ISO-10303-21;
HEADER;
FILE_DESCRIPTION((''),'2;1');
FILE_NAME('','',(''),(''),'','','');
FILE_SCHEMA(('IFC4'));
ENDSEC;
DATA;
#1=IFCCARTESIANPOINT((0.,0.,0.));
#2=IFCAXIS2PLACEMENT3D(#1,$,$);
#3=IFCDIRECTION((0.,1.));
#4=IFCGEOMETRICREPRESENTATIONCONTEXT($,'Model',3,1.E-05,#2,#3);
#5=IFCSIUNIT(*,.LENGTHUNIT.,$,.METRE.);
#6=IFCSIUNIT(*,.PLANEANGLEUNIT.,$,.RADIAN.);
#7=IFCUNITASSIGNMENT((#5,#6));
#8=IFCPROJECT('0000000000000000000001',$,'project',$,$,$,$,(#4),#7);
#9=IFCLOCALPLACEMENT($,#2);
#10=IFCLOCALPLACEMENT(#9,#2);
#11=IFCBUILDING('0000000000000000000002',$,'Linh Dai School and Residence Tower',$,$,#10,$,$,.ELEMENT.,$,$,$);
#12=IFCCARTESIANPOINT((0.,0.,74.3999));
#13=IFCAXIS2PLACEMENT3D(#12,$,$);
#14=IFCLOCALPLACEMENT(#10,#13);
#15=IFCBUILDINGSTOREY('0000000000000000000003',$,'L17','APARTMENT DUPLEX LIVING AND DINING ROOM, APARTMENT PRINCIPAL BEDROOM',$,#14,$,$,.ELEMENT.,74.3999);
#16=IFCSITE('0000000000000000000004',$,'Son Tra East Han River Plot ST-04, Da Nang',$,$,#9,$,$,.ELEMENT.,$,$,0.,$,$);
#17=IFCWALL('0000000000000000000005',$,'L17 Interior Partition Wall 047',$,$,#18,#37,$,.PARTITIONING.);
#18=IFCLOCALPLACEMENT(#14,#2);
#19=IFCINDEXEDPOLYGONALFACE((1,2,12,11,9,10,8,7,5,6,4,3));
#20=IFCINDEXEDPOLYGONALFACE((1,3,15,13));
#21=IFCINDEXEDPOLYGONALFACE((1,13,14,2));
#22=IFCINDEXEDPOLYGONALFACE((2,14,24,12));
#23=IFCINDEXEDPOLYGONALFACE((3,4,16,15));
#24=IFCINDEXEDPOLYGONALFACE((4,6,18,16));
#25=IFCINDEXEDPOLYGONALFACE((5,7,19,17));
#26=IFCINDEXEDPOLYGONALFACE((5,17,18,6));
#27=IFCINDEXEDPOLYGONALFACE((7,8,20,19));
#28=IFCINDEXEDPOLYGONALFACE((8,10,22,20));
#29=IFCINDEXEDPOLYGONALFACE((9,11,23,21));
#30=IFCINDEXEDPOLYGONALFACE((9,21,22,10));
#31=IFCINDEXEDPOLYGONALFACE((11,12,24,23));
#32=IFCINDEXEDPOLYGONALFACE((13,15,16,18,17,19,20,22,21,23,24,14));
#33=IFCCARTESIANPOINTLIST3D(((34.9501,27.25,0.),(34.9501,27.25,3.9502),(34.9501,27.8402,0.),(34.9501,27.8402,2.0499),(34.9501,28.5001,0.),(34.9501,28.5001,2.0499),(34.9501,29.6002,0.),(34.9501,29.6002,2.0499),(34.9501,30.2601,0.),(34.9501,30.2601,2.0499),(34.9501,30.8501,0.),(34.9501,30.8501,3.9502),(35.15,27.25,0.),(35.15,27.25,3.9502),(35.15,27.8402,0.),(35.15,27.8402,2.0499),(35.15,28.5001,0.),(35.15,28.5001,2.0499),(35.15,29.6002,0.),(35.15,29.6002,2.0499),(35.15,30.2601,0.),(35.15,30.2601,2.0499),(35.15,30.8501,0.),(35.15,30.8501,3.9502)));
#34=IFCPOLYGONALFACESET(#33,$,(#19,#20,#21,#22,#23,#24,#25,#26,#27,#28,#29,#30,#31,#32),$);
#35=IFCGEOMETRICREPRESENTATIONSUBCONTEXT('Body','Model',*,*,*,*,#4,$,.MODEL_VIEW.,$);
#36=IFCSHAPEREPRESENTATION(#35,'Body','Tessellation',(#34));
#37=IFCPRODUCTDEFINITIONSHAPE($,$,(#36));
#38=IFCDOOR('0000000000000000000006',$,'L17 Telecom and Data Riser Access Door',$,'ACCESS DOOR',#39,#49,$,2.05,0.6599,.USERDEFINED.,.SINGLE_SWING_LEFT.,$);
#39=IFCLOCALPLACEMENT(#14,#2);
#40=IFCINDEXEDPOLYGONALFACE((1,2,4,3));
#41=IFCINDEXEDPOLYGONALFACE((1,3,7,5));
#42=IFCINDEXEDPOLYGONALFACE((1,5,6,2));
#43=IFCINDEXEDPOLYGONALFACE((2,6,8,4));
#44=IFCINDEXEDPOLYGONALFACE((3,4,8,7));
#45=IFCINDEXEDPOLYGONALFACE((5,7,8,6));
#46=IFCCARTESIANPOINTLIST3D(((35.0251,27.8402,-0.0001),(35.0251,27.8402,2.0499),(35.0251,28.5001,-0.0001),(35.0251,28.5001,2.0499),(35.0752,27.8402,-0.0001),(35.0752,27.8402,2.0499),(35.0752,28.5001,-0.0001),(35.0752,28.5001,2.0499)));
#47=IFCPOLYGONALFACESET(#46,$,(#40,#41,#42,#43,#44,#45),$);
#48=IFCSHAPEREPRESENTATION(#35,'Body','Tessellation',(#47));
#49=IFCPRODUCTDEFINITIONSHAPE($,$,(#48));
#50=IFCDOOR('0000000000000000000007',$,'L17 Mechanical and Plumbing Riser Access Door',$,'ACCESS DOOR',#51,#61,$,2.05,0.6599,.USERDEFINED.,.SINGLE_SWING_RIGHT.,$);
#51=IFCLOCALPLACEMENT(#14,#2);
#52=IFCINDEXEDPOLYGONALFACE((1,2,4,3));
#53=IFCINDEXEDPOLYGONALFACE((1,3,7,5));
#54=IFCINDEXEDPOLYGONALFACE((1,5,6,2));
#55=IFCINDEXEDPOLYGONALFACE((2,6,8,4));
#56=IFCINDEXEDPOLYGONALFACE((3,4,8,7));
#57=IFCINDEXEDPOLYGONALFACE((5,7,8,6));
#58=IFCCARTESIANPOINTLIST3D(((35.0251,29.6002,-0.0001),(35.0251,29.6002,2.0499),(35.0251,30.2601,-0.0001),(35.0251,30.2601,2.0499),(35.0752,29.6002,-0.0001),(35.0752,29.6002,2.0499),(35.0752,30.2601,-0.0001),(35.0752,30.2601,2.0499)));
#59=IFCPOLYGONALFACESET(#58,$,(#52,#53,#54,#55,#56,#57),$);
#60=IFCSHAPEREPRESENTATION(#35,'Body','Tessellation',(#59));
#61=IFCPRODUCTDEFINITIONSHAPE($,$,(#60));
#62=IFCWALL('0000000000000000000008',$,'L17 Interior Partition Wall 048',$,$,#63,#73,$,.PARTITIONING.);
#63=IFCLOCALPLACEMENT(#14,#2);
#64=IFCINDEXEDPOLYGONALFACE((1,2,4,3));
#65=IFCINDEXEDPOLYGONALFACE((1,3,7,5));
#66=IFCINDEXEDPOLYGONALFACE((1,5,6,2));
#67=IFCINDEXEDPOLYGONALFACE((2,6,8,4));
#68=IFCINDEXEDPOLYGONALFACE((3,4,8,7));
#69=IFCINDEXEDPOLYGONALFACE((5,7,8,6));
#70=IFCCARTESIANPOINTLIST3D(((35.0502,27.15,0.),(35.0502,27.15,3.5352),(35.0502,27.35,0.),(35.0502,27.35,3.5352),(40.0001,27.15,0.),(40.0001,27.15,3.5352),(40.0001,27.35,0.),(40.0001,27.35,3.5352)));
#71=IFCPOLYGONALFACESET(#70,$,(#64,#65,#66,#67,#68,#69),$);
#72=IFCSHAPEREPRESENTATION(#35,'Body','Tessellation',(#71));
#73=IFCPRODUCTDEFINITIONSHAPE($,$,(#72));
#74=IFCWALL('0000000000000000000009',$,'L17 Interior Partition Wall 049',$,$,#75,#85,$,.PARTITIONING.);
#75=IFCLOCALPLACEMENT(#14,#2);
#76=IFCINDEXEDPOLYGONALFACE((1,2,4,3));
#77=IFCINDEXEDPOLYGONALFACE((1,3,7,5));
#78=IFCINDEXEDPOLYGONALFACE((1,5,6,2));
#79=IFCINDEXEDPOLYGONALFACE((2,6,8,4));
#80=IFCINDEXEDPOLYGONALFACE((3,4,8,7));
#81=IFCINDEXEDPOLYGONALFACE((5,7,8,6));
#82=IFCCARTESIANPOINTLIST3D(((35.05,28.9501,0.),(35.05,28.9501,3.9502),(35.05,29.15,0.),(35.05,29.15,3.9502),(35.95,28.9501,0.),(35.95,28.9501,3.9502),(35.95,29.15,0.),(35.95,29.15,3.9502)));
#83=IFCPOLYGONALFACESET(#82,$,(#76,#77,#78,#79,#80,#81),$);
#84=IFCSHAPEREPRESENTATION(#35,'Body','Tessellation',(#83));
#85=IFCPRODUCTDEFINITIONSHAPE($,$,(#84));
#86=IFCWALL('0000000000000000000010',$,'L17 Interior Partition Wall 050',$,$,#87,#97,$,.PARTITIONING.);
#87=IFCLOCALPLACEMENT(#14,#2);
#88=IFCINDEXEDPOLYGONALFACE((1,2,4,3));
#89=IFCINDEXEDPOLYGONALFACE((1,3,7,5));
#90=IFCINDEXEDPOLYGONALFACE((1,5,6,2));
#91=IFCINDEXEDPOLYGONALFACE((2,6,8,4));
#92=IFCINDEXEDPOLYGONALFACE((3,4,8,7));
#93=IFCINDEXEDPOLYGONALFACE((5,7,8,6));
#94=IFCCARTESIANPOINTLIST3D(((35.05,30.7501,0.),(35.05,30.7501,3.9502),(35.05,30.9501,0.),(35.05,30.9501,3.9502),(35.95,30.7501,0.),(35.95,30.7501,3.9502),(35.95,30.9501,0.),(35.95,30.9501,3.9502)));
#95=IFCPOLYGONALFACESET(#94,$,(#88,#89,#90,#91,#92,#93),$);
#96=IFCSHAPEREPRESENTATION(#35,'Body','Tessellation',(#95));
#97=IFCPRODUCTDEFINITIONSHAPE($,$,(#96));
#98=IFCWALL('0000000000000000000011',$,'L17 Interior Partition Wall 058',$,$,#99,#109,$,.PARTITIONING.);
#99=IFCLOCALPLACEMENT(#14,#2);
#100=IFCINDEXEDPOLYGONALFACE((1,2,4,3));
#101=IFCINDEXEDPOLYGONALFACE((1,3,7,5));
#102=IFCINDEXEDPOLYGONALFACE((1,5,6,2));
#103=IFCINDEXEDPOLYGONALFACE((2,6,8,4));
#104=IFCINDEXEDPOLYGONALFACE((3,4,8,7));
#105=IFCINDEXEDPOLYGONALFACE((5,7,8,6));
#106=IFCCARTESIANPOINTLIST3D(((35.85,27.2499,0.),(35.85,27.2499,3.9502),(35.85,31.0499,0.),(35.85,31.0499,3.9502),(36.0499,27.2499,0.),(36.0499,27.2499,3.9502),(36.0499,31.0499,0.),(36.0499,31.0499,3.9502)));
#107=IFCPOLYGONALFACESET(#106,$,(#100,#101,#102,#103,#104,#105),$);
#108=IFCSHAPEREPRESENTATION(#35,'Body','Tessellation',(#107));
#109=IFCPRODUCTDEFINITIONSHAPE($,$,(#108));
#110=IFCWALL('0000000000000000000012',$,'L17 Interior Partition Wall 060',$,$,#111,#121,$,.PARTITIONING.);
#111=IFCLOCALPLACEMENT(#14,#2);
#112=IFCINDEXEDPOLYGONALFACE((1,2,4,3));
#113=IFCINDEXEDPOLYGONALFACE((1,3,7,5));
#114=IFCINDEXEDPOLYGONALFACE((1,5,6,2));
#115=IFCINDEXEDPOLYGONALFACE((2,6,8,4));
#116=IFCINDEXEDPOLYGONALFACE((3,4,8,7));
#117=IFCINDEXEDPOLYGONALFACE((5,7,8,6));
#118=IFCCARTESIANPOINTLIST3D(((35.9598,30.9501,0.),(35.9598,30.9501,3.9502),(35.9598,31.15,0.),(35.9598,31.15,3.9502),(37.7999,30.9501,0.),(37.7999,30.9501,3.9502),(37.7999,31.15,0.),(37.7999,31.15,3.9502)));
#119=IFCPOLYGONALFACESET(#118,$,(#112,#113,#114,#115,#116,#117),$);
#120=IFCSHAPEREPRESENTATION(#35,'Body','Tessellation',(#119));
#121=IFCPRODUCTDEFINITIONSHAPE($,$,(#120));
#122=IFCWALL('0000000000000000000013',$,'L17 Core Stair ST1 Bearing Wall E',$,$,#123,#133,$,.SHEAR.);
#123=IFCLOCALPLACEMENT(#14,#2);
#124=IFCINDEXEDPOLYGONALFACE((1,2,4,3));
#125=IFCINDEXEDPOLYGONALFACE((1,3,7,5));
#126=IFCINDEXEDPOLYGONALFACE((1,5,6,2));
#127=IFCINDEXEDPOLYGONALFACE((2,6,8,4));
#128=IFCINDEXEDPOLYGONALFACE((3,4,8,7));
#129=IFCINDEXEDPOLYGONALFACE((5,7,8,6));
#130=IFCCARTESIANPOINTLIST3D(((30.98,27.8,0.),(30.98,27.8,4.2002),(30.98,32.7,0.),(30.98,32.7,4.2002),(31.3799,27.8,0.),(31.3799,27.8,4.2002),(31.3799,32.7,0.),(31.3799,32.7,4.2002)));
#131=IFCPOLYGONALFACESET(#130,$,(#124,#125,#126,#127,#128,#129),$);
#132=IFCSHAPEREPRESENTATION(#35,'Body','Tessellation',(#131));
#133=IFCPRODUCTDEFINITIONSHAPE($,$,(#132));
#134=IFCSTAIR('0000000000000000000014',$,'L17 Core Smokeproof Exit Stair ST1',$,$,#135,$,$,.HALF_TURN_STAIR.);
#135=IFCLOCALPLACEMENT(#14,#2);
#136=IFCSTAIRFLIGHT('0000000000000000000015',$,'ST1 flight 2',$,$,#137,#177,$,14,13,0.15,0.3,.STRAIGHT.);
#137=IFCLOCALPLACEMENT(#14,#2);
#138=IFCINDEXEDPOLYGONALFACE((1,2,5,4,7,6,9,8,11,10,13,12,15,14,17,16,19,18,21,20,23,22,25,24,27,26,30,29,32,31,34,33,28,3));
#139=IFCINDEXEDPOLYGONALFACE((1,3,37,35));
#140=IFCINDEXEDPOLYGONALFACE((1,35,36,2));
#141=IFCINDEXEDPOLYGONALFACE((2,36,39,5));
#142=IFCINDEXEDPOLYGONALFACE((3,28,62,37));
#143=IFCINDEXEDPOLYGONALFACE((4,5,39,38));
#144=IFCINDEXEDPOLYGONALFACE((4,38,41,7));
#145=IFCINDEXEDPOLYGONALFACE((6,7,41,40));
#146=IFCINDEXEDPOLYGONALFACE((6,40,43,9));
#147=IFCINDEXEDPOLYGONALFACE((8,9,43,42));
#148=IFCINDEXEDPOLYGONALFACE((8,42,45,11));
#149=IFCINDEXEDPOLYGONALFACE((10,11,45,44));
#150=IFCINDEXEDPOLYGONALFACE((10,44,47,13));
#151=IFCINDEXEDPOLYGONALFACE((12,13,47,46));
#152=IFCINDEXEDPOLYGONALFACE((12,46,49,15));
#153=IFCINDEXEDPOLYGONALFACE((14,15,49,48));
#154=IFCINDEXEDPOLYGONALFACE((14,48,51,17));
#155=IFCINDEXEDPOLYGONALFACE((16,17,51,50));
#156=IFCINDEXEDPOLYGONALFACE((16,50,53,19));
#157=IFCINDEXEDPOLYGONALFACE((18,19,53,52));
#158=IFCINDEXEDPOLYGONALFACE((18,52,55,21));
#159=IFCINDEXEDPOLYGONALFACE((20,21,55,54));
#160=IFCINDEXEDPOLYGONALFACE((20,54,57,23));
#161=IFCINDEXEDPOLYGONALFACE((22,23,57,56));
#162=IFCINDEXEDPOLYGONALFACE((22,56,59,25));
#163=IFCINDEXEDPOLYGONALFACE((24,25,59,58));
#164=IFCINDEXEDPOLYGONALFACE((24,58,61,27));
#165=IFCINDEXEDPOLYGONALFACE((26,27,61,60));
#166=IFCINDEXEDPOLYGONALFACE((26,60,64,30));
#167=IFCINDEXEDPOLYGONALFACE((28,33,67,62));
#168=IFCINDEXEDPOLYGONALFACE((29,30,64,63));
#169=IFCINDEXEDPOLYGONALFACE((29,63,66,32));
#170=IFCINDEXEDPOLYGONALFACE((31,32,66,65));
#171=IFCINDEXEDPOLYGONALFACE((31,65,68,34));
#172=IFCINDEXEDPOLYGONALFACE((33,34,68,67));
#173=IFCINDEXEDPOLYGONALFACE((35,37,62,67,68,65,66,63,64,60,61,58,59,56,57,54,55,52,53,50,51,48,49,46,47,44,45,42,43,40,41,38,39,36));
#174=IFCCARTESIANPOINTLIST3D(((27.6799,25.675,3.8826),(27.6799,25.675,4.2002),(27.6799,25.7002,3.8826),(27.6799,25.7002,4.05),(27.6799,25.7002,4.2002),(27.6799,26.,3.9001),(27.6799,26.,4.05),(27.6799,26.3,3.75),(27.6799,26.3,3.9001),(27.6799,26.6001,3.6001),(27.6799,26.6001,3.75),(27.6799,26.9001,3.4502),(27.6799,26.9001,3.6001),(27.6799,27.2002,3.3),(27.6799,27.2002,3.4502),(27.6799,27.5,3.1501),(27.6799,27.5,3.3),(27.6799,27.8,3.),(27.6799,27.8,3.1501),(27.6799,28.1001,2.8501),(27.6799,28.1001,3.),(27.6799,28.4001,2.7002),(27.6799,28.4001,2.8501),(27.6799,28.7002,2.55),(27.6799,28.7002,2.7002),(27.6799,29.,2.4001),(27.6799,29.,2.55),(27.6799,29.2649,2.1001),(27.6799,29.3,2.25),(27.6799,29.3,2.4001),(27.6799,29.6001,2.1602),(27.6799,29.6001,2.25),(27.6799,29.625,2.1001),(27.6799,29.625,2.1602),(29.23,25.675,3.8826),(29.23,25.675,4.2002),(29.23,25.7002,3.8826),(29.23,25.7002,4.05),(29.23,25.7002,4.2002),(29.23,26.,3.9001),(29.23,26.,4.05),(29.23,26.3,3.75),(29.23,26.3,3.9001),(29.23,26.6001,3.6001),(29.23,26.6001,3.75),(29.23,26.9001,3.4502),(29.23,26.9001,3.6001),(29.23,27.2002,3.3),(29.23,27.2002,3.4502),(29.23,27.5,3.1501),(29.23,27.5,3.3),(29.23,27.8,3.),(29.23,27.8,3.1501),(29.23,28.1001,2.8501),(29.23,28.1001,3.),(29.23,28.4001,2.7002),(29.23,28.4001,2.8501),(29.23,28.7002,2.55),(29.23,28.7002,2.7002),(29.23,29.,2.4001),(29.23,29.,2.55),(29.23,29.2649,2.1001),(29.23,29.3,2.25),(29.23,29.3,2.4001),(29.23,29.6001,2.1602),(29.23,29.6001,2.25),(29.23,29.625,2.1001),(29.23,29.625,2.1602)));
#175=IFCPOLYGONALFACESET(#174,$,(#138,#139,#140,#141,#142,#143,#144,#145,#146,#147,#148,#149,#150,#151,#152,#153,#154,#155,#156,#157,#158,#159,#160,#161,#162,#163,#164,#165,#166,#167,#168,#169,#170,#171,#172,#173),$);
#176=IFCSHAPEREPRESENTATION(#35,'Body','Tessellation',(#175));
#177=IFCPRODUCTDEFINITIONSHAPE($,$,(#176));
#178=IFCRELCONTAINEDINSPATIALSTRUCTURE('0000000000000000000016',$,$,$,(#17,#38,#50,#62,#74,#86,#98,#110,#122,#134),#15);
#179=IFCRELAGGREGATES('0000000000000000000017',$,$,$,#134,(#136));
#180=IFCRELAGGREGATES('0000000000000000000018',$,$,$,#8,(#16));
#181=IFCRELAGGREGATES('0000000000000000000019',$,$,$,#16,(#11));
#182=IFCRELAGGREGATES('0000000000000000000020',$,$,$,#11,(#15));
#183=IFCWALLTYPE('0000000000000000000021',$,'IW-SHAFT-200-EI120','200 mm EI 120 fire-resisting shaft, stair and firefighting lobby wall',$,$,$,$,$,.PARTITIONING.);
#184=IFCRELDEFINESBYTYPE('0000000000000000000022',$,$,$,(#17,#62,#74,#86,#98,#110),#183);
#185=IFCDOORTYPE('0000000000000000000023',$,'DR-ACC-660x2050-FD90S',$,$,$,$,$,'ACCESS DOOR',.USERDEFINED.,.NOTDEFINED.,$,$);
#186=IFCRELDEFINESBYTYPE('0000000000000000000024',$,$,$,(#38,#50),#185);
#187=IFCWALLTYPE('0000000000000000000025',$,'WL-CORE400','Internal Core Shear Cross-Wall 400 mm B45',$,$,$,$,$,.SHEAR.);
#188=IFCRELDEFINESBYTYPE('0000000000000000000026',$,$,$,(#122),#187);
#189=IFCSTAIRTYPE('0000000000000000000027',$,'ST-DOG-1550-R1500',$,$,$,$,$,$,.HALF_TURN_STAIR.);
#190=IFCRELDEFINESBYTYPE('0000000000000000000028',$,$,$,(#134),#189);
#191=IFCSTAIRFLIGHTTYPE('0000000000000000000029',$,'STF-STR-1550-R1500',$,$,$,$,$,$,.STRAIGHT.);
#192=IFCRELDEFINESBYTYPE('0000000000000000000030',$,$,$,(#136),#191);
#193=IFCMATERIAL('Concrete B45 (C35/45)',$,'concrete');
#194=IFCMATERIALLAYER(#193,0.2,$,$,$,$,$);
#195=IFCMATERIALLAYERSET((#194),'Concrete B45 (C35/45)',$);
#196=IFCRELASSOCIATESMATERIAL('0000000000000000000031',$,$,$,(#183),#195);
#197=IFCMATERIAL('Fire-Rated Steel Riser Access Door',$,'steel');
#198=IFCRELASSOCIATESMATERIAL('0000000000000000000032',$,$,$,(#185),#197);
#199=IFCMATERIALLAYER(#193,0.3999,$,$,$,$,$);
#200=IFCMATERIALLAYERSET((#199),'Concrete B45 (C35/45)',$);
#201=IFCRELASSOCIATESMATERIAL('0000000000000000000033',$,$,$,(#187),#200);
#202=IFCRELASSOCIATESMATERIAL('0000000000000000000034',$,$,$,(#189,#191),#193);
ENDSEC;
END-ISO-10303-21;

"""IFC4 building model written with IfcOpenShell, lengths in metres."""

from ifc_helpers import new_model, si_unit, direction, frame, frame_2d, origin, origin_2d, place, context, subcontext, project, spatial, polyline, rectangle, outline, extrude, source, transform, mapped, material, layer, layer_set, type_object, element, fill, aggregate, save


model = new_model("IFC4")

# Units and contexts
model_context = context("Model", 3, precision=1e-05, world=origin(), true_north=direction((0.0, 1.0)))
body_context = subcontext(model_context, "Body", "Model", "MODEL_VIEW")
ifc_project = project(units=[si_unit("LENGTHUNIT", "METRE"), si_unit("PLANEANGLEUNIT", "RADIAN")], contexts=[model_context])

# Site, building, storey
site_placement = place(None, origin())
site = spatial("IfcSite", under=ifc_project, at=site_placement, Name="Son Tra East Han River Plot ST-04, Da Nang", CompositionType="ELEMENT", RefElevation=0.0)
building_placement = place(site_placement, origin())
building = spatial("IfcBuilding", under=site, at=building_placement, Name="Linh Dai School and Residence Tower", CompositionType="ELEMENT")
storey_placement = place(building_placement, frame((0.0, 0.0, 74.3999)))
storey = spatial("IfcBuildingStorey", under=building, at=storey_placement, Name="L17", Description="APARTMENT DUPLEX LIVING AND DINING ROOM, APARTMENT PRINCIPAL BEDROOM", CompositionType="ELEMENT", Elevation=74.3999)

# Shared definitions
ifc_material_1 = material(Name="Concrete B45 (C35/45)", Category="concrete")
ifc_layer_1 = layer(ifc_material_1, 0.2)
ifc_layer_set_1 = layer_set([ifc_layer_1], Name="Concrete B45 (C35/45)")
wall_type_1 = type_object("IfcWallType", Name="IW-SHAFT-200-EI120", Description="200 mm EI 120 fire-resisting shaft, stair and firefighting lobby wall", PredefinedType="PARTITIONING", material=ifc_layer_set_1)

# Wall, openings, doors
wall_1_placement = place(storey_placement, frame((35.05, 27.25, 0.0), z_axis=(0.0, 0.0, 1.0), x_axis=(0.0, 1.0, 0.0)))
wall_1 = element("IfcWall", 1, at=wall_1_placement, inside=storey, type_object=wall_type_1, Name="L17 Interior Partition Wall 047", PredefinedType="PARTITIONING", context=body_context, shape_type="SweptSolid", body=[
    extrude(rectangle(XDim=3.6001, YDim=0.2, at=frame_2d((1.8, 0.0))), origin(), (0.0, 0.0, 1.0), 3.9502),
])
opening_1_placement = place(wall_1_placement, frame((0.5901, 0.0, 0.0)))
opening_1 = element("IfcOpeningElement", 2, at=opening_1_placement, cuts=wall_1, PredefinedType="OPENING", context=body_context, shape_type="SweptSolid", body=[
    extrude(rectangle(XDim=0.6599, YDim=2.05, at=origin_2d()), frame((0.3301, 0.1099, 1.0249), z_axis=(0.0, -1.0, 0.0), x_axis=(1.0, 0.0, 0.0)), (0.0, 0.0, 1.0), 0.22),
])
opening_2_placement = place(wall_1_placement, frame((2.3501, 0.0, 0.0)))
opening_2 = element("IfcOpeningElement", 3, at=opening_2_placement, cuts=wall_1, PredefinedType="OPENING", context=body_context, shape_type="SweptSolid", body=[
    extrude(rectangle(XDim=0.6599, YDim=2.05, at=origin_2d()), frame((0.3301, 0.1099, 1.0249), z_axis=(0.0, -1.0, 0.0), x_axis=(1.0, 0.0, 0.0)), (0.0, 0.0, 1.0), 0.22),
])
ifc_material_2 = material(Name="Fire-Rated Steel Riser Access Door", Category="steel")
door_type_1 = type_object("IfcDoorType", Name="DR-ACC-660x2050-FD90S", ElementType="ACCESS DOOR", OperationType="NOTDEFINED", PredefinedType="USERDEFINED", material=ifc_material_2)
shared_shape_1 = source(origin(), body_context, "Body", "SweptSolid", [
    extrude(rectangle(XDim=0.6599, YDim=2.05, at=origin_2d()), frame((0.3301, 0.0249, 1.0249), z_axis=(0.0, -1.0, 0.0), x_axis=(1.0, 0.0, 0.0)), (0.0, 0.0, 1.0), 0.05),
])
door_1_placement = place(opening_1_placement, origin())
door_1 = element("IfcDoor", 4, at=door_1_placement, inside=storey, type_object=door_type_1, Name="L17 Telecom and Data Riser Access Door", ObjectType="ACCESS DOOR", OperationType="SINGLE_SWING_LEFT", OverallHeight=2.05, OverallWidth=0.6599, PredefinedType="USERDEFINED", context=body_context, shape_type="MappedRepresentation", body=[
    mapped(shared_shape_1, transform((0.0, 0.0, 0.0), x_axis=(1.0, 0.0, 0.0), y_axis=(0.0, 1.0, 0.0), z_axis=(0.0, 0.0, 1.0), scale=1.0)),
])
fill(opening_1, door_1)
door_2_placement = place(opening_2_placement, origin())
door_2 = element("IfcDoor", 5, at=door_2_placement, inside=storey, type_object=door_type_1, Name="L17 Mechanical and Plumbing Riser Access Door", ObjectType="ACCESS DOOR", OperationType="SINGLE_SWING_RIGHT", OverallHeight=2.05, OverallWidth=0.6599, PredefinedType="USERDEFINED", context=body_context, shape_type="MappedRepresentation", body=[
    mapped(shared_shape_1, transform((0.0, 0.0, 0.0), x_axis=(1.0, 0.0, 0.0), y_axis=(0.0, 1.0, 0.0), z_axis=(0.0, 0.0, 1.0), scale=1.0)),
])
fill(opening_2, door_2)

# Walls
wall_2_placement = place(storey_placement, frame((35.05, 27.25, 0.0), z_axis=(0.0, 0.0, 1.0), x_axis=(1.0, 0.0, 0.0)))
element("IfcWall", 6, at=wall_2_placement, inside=storey, type_object=wall_type_1, Name="L17 Interior Partition Wall 048", PredefinedType="PARTITIONING", context=body_context, shape_type="SweptSolid", body=[
    extrude(rectangle(XDim=4.95, YDim=0.2, at=frame_2d((2.4751, 0.0))), origin(), (0.0, 0.0, 1.0), 3.5352),
])
for number, where, z_axis, x_axis, name in (
    (7, (35.05, 29.05, 0.0), (0.0, 0.0, 1.0), (1.0, 0.0, 0.0), "L17 Interior Partition Wall 049"),
    (8, (35.05, 30.8501, 0.0), (0.0, 0.0, 1.0), (1.0, 0.0, 0.0), "L17 Interior Partition Wall 050"),
):
    element("IfcWall", number, at=place(storey_placement, frame(where, z_axis=z_axis, x_axis=x_axis)), inside=storey, type_object=wall_type_1, Name=name, PredefinedType="PARTITIONING", context=body_context, shape_type="SweptSolid", body=[
        extrude(rectangle(XDim=0.8999, YDim=0.2, at=frame_2d((0.45, 0.0))), origin(), (0.0, 0.0, 1.0), 3.9502),
    ])
wall_3_placement = place(storey_placement, frame((35.95, 27.25, 0.0), z_axis=(0.0, 0.0, 1.0), x_axis=(0.0, 1.0, 0.0)))
element("IfcWall", 9, at=wall_3_placement, inside=storey, type_object=wall_type_1, Name="L17 Interior Partition Wall 058", PredefinedType="PARTITIONING", context=body_context, shape_type="SweptSolid", body=[
    extrude(rectangle(XDim=3.8, YDim=0.2, at=frame_2d((1.8999, 0.0))), origin(), (0.0, 0.0, 1.0), 3.9502),
])

# Walls
wall_4_placement = place(storey_placement, frame((35.96, 31.05, 0.0), z_axis=(0.0, 0.0, 1.0), x_axis=(1.0, 0.0, 0.0)))
element("IfcWall", 10, at=wall_4_placement, inside=storey, type_object=wall_type_1, Name="L17 Interior Partition Wall 060", PredefinedType="PARTITIONING", context=body_context, shape_type="SweptSolid", body=[
    extrude(rectangle(XDim=1.8401, YDim=0.2, at=frame_2d((0.9199, 0.0))), origin(), (0.0, 0.0, 1.0), 3.9502),
])
ifc_layer_2 = layer(ifc_material_1, 0.3999)
ifc_layer_set_2 = layer_set([ifc_layer_2], Name="Concrete B45 (C35/45)")
wall_type_2 = type_object("IfcWallType", Name="WL-CORE400", Description="Internal Core Shear Cross-Wall 400 mm B45", PredefinedType="SHEAR", material=ifc_layer_set_2)
wall_5_placement = place(storey_placement, frame((31.1799, 27.8, 0.0), z_axis=(0.0, 0.0, 1.0), x_axis=(0.0, 1.0, 0.0)))
element("IfcWall", 11, at=wall_5_placement, inside=storey, type_object=wall_type_2, Name="L17 Core Stair ST1 Bearing Wall E", PredefinedType="SHEAR", context=body_context, shape_type="SweptSolid", body=[
    extrude(rectangle(XDim=4.8999, YDim=0.3999, at=frame_2d((2.45, 0.0))), origin(), (0.0, 0.0, 1.0), 4.2002),
])

# Stair, stair flight
stair_type = type_object("IfcStairType", Name="ST-DOG-1550-R1500", PredefinedType="HALF_TURN_STAIR", material=ifc_material_1)
stair_placement = place(storey_placement, origin())
stair = element("IfcStair", 12, at=stair_placement, inside=storey, type_object=stair_type, Name="L17 Core Smokeproof Exit Stair ST1", PredefinedType="HALF_TURN_STAIR")
stair_flight_type = type_object("IfcStairFlightType", Name="STF-STR-1550-R1500", PredefinedType="STRAIGHT", material=ifc_material_1)
shared_shape_2 = source(origin(), body_context, "Body", "SweptSolid", [
    extrude(outline(polyline([(-0.0249, 0.0), (-0.0249, 0.0601), (0.0, 0.0601), (0.0, 0.1499), (0.3, 0.1499), (0.3, 0.3), (0.6001, 0.3), (0.6001, 0.45), (0.8999, 0.45), (0.8999, 0.6001), (1.2, 0.6001), (1.2, 0.75), (1.5, 0.75), (1.5, 0.8999), (1.8, 0.8999), (1.8, 1.05), (2.1001, 1.05), (2.1001, 1.2), (2.3999, 1.2), (2.3999, 1.3501), (2.7, 1.3501), (2.7, 1.5), (3.0, 1.5), (3.0, 1.6499), (3.3, 1.6499), (3.3, 1.8), (3.6001, 1.8), (3.6001, 1.95), (3.8999, 1.95), (3.8999, 2.1001), (3.925, 2.1001), (3.925, 1.7825), (3.8999, 1.7825), (0.3352, 0.0), (-0.0249, 0.0)])), frame((0.0, 0.7749, 0.0), z_axis=(0.0, -1.0, 0.0), x_axis=(1.0, 0.0, 0.0)), (0.0, 0.0, 1.0), 1.55),
])
stair_flight_placement = place(storey_placement, frame((28.4551, 29.6001, 2.1001), z_axis=(0.0, 0.0, 1.0), x_axis=(0.0, -1.0, 0.0)))
stair_flight = element("IfcStairFlight", 13, at=stair_flight_placement, type_object=stair_flight_type, Name="ST1 flight 2", NumberOfRisers=14, NumberOfTreads=13, PredefinedType="STRAIGHT", RiserHeight=0.15, TreadLength=0.3, context=body_context, shape_type="MappedRepresentation", body=[
    mapped(shared_shape_2, transform((0.0, 0.0, 0.0), x_axis=(1.0, 0.0, 0.0), y_axis=(0.0, 1.0, 0.0), z_axis=(0.0, 0.0, 1.0), scale=1.0)),
])
aggregate(stair, [stair_flight])

save(model, "model.ifc")
